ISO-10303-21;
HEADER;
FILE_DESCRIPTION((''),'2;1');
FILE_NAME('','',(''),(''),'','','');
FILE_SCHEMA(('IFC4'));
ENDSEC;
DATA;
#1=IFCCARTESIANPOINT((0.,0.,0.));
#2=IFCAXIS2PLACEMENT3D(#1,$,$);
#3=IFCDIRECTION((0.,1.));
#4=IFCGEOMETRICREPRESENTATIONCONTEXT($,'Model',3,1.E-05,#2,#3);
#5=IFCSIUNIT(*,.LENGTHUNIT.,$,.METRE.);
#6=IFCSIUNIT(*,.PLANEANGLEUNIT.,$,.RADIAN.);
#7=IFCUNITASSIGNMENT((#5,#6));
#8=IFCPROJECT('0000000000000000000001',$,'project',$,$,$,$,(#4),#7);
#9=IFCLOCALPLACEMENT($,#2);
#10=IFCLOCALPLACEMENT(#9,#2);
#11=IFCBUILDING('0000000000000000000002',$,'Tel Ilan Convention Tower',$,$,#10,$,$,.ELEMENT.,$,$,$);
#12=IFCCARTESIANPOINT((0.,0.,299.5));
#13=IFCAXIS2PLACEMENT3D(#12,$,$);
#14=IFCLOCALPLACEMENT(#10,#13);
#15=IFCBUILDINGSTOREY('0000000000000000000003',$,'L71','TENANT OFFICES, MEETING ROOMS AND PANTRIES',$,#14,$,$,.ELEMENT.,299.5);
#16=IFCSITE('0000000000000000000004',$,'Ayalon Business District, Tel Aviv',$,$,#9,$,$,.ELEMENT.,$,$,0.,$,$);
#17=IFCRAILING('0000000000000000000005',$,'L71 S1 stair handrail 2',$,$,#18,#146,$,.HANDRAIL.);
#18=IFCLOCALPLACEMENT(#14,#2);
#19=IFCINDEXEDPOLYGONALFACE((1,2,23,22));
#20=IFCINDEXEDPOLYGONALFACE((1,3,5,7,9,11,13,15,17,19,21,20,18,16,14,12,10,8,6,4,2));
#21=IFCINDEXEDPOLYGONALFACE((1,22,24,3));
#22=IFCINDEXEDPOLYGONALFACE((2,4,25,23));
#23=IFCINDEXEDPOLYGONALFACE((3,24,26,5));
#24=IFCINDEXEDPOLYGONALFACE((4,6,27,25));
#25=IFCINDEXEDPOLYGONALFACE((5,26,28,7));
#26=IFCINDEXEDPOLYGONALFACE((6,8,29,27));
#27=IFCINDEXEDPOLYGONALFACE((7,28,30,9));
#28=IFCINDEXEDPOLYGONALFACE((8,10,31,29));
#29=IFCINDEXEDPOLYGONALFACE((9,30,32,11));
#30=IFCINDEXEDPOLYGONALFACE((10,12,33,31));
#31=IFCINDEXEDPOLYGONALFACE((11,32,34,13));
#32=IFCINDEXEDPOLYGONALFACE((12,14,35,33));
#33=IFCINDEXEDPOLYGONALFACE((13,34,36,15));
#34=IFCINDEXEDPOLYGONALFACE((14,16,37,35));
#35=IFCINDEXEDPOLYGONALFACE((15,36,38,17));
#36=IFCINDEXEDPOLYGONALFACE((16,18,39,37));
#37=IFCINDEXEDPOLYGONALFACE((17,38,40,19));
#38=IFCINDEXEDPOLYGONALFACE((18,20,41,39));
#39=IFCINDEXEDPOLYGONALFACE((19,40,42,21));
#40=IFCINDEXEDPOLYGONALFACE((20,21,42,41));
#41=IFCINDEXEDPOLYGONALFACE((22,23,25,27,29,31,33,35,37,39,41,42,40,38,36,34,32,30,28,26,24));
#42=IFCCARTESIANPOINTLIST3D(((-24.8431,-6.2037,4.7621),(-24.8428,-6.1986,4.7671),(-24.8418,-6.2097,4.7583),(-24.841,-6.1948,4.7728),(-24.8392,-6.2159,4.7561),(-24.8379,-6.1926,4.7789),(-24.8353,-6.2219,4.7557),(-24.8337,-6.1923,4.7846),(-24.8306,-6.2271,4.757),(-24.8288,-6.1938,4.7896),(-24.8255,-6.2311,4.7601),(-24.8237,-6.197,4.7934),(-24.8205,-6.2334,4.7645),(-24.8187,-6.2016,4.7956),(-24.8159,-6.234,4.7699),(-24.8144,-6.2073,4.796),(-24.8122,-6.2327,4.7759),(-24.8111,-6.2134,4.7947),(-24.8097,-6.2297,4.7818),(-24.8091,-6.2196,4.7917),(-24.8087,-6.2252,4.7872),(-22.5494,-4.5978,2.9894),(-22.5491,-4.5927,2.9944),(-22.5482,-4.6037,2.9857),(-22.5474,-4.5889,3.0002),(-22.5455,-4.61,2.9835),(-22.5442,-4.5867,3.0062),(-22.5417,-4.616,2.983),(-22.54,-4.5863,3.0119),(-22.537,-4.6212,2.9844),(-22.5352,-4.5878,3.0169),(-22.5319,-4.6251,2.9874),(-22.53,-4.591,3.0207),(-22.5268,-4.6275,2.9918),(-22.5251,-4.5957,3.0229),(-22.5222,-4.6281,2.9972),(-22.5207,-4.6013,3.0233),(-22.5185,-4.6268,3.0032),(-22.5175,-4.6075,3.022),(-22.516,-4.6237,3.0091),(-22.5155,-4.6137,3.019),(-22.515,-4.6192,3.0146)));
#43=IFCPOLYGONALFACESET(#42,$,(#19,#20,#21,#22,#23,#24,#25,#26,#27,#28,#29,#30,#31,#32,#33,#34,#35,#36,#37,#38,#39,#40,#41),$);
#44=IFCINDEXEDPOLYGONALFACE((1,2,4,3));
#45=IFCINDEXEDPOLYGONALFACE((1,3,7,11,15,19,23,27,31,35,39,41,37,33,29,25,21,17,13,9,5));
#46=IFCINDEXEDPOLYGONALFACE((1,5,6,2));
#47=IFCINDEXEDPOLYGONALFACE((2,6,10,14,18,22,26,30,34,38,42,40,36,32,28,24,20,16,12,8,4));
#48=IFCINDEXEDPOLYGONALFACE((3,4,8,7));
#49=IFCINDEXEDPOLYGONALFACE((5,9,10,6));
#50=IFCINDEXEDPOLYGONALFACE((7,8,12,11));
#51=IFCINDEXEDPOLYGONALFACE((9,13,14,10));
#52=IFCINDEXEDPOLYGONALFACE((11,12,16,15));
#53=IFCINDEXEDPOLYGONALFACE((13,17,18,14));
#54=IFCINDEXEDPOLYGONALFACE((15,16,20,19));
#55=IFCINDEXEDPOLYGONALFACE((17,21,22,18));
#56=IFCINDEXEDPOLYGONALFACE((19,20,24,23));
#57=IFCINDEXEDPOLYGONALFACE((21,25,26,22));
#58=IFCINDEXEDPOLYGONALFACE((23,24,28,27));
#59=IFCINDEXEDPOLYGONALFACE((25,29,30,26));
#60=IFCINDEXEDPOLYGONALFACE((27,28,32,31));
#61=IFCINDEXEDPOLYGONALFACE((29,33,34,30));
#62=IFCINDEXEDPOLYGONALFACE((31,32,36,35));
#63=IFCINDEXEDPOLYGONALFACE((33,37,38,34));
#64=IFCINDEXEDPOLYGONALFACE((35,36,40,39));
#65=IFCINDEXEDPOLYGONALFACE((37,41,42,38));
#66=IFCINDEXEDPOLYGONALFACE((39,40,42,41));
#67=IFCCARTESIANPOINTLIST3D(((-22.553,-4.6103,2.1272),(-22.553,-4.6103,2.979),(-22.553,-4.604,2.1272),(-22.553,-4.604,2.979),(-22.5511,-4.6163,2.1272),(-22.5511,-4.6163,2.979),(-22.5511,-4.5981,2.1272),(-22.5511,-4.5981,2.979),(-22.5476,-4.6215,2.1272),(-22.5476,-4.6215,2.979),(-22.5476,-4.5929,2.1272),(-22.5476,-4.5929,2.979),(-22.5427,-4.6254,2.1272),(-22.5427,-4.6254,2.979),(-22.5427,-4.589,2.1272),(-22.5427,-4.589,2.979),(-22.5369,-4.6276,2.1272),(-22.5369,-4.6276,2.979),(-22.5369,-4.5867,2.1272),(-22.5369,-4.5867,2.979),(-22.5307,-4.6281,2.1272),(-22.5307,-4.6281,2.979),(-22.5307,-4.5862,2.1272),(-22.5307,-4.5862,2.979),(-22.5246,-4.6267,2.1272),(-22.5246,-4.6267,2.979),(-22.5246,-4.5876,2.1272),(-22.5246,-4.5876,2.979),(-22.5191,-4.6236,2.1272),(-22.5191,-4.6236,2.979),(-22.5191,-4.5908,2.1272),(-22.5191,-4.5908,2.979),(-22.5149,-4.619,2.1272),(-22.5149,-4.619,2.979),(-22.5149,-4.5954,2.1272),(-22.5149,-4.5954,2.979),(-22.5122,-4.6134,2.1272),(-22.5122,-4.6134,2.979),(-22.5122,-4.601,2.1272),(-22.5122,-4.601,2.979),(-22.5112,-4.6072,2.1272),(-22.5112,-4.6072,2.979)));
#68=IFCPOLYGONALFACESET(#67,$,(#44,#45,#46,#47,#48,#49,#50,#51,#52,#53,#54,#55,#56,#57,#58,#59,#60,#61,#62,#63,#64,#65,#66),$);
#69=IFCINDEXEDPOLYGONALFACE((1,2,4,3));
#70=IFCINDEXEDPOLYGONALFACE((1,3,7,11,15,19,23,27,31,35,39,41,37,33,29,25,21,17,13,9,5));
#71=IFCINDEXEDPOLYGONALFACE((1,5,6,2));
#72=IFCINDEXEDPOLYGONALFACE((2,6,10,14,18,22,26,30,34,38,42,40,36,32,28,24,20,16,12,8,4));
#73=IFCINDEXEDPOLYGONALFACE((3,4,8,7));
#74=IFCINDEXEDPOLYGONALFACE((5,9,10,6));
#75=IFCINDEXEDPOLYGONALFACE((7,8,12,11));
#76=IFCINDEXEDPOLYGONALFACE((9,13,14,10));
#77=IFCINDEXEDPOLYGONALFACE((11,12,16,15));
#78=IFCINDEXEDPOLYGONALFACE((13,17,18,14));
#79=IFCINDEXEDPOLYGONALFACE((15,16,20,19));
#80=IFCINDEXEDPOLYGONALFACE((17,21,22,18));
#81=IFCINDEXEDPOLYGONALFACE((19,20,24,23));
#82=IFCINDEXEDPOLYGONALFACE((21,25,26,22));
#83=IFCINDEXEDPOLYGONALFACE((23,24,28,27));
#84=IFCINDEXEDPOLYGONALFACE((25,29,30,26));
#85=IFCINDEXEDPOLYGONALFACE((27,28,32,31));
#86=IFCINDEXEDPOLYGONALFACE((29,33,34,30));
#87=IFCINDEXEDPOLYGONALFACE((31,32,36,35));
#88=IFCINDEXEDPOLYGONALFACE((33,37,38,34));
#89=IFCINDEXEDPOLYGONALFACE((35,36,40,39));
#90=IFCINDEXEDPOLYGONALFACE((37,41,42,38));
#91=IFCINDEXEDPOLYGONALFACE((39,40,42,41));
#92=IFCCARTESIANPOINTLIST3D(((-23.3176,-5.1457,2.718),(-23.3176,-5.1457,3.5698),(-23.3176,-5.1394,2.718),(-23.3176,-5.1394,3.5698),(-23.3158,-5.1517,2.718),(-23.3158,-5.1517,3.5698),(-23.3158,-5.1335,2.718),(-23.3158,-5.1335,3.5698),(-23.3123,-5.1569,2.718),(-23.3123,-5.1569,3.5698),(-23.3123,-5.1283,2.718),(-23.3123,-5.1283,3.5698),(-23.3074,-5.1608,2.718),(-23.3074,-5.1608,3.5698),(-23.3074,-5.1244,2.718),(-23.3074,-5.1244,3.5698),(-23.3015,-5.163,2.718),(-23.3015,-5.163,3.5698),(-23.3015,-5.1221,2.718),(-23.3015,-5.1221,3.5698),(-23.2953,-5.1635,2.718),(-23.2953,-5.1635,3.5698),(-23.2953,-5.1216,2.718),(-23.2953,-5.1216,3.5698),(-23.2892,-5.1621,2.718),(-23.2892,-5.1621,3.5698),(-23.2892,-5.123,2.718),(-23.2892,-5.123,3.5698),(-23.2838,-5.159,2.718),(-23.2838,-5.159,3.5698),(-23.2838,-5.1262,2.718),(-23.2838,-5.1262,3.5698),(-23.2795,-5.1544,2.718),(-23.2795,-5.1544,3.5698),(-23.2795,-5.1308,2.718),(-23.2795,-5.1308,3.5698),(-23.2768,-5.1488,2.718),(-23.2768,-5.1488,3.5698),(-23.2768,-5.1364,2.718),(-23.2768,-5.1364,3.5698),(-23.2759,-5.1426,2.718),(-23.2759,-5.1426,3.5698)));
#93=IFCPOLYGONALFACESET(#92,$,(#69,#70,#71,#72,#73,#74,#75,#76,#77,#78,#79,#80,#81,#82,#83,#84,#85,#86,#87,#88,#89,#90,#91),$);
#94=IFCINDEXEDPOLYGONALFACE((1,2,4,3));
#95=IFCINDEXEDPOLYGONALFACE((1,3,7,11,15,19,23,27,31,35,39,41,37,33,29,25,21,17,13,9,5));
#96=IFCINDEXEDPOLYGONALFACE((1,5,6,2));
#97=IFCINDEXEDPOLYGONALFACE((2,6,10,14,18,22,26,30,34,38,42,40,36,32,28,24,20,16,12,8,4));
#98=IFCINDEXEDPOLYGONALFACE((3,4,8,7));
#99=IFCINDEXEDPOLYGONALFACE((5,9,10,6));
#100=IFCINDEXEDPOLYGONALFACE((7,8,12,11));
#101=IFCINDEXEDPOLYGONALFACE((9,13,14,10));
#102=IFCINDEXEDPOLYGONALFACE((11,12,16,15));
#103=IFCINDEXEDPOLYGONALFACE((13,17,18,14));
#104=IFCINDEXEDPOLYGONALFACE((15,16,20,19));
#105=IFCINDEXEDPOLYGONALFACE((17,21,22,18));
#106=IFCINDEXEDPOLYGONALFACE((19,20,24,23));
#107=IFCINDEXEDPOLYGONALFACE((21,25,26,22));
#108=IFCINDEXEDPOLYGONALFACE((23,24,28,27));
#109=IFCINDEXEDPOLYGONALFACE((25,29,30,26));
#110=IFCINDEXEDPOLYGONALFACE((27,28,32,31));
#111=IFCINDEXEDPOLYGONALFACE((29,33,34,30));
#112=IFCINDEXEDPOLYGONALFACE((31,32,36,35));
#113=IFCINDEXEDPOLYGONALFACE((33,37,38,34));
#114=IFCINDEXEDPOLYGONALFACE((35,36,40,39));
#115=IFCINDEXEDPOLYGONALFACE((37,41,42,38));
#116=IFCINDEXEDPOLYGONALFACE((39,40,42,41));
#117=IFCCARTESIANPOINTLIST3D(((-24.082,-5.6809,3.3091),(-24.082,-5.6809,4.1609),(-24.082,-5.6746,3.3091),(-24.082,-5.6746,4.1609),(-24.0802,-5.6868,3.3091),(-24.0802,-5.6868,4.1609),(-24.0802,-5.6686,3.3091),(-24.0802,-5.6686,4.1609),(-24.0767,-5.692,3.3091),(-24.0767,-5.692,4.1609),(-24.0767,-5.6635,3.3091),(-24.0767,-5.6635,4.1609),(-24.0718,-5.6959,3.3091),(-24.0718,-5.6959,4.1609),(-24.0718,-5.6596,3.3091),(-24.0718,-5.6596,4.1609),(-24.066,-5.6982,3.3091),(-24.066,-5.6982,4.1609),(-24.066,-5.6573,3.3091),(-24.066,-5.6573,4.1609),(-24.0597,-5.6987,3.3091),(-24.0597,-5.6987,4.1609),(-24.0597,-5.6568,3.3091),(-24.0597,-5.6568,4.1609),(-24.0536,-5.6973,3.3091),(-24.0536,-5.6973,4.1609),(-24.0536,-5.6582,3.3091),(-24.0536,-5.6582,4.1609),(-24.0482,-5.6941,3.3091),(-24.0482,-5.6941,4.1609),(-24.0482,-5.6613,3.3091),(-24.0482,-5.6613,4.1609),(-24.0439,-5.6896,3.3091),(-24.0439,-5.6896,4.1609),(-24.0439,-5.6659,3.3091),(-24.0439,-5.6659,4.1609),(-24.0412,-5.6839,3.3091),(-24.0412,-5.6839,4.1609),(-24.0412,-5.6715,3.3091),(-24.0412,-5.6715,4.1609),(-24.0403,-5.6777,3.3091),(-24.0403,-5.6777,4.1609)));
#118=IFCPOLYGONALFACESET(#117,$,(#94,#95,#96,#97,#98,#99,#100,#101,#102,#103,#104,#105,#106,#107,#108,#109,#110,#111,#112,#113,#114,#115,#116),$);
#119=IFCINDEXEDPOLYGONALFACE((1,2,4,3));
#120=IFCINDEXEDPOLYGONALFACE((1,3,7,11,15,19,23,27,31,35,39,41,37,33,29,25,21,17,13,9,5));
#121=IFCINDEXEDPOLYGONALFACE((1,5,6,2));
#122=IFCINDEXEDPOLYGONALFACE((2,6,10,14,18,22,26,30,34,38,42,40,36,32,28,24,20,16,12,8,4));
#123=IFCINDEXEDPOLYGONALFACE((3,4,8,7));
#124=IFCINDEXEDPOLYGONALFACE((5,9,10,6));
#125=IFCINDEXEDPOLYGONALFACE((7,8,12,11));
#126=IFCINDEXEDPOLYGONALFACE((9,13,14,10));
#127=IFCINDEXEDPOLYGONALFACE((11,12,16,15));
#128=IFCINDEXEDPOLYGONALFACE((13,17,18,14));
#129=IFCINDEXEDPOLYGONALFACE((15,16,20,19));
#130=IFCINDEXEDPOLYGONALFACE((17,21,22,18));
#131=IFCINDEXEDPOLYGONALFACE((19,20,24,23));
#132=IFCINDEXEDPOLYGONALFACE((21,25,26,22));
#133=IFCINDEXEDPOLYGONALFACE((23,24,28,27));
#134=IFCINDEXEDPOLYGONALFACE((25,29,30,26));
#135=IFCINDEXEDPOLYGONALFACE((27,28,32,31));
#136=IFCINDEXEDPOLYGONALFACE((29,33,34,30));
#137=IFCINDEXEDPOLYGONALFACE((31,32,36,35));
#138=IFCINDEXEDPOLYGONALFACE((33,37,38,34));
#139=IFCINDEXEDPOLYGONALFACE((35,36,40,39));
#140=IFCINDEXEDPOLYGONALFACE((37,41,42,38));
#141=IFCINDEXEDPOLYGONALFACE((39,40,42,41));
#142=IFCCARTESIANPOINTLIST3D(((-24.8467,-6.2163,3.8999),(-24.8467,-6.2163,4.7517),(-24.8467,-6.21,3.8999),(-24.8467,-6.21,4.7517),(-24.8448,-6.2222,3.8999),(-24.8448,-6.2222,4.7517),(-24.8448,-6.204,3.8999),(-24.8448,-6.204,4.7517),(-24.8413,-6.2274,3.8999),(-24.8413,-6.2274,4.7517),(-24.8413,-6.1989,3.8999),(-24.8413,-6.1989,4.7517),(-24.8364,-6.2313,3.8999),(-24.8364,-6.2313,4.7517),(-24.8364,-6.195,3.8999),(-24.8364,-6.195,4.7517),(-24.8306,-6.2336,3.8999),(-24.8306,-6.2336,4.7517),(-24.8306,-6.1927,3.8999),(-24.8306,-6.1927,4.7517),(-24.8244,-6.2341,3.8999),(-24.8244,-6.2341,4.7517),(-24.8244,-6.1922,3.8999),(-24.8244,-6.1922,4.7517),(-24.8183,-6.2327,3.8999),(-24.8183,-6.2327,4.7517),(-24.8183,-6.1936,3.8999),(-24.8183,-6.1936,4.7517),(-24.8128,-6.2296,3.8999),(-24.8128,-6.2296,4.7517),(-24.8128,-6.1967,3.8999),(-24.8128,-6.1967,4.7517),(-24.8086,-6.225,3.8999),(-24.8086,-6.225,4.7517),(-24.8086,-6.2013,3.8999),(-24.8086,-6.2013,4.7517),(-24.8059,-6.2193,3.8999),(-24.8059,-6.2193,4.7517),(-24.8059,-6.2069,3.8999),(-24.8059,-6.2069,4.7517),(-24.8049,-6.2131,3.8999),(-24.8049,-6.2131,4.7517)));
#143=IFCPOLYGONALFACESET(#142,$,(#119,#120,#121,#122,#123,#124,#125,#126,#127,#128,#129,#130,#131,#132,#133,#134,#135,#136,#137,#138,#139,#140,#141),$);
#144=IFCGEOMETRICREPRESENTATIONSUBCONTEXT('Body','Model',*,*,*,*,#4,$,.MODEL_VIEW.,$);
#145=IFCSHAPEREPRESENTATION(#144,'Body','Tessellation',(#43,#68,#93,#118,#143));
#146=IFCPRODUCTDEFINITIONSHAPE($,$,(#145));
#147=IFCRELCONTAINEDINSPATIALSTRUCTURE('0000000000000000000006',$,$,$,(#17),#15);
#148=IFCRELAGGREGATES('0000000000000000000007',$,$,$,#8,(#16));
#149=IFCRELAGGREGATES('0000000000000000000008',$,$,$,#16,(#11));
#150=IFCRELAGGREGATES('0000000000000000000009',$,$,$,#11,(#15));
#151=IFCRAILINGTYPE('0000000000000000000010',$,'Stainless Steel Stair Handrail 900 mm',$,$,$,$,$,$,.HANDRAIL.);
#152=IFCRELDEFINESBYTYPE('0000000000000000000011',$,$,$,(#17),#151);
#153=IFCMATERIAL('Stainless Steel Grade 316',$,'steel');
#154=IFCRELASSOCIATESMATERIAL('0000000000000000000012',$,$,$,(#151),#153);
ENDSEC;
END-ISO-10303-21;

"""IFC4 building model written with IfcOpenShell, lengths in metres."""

from ifc_helpers import new_model, si_unit, direction, frame, origin, origin_2d, place, context, subcontext, project, spatial, circle, extrude, material, type_object, element, save


model = new_model("IFC4")

# Units and contexts
model_context = context("Model", 3, precision=1e-05, world=origin(), true_north=direction((0.0, 1.0)))
body_context = subcontext(model_context, "Body", "Model", "MODEL_VIEW")
ifc_project = project(units=[si_unit("LENGTHUNIT", "METRE"), si_unit("PLANEANGLEUNIT", "RADIAN")], contexts=[model_context])

# Site, building, storey
site_placement = place(None, origin())
site = spatial("IfcSite", under=ifc_project, at=site_placement, Name="Ayalon Business District, Tel Aviv", CompositionType="ELEMENT", RefElevation=0.0)
building_placement = place(site_placement, origin())
building = spatial("IfcBuilding", under=site, at=building_placement, Name="Tel Ilan Convention Tower", CompositionType="ELEMENT")
storey_placement = place(building_placement, frame((0.0, 0.0, 299.5)))
storey = spatial("IfcBuildingStorey", under=building, at=storey_placement, Name="L71", Description="TENANT OFFICES, MEETING ROOMS AND PANTRIES", CompositionType="ELEMENT", Elevation=299.5)

# Railing
ifc_material_1 = material(Name="Stainless Steel Grade 316", Category="steel")
railing_type_1 = type_object("IfcRailingType", Name="Stainless Steel Stair Handrail 900 mm", PredefinedType="HANDRAIL", material=ifc_material_1)
for number, where, name in (
    (1, (-22.5322, -4.6072, 2.1272), "L71 S1 stair handrail 2"),
):
    element("IfcRailing", number, at=place(storey_placement, frame(where)), inside=storey, type_object=railing_type_1, Name=name, PredefinedType="HANDRAIL", context=body_context, shape_type="SweptSolid", body=[
        extrude(circle(Radius=0.0239, at=origin_2d()), frame((0.0, 0.0, 0.876), z_axis=(-0.692123, -0.484597, 0.534913), x_axis=(0.57355, -0.81917, 0.0)), (0.0, 0.0, 1.0), 3.314),
        extrude(circle(Radius=0.021, at=origin_2d()), origin(), (0.0, 0.0, 1.0), 0.8518),
        extrude(circle(Radius=0.021, at=origin_2d()), frame((-0.7646, -0.5354, 0.5908)), (0.0, 0.0, 1.0), 0.8518),
        extrude(circle(Radius=0.021, at=origin_2d()), frame((-1.5291, -1.0706, 1.1819)), (0.0, 0.0, 1.0), 0.8518),
        extrude(circle(Radius=0.021, at=origin_2d()), frame((-2.2937, -1.606, 1.7727)), (0.0, 0.0, 1.0), 0.8518),
    ])

save(model, "model.ifc")
